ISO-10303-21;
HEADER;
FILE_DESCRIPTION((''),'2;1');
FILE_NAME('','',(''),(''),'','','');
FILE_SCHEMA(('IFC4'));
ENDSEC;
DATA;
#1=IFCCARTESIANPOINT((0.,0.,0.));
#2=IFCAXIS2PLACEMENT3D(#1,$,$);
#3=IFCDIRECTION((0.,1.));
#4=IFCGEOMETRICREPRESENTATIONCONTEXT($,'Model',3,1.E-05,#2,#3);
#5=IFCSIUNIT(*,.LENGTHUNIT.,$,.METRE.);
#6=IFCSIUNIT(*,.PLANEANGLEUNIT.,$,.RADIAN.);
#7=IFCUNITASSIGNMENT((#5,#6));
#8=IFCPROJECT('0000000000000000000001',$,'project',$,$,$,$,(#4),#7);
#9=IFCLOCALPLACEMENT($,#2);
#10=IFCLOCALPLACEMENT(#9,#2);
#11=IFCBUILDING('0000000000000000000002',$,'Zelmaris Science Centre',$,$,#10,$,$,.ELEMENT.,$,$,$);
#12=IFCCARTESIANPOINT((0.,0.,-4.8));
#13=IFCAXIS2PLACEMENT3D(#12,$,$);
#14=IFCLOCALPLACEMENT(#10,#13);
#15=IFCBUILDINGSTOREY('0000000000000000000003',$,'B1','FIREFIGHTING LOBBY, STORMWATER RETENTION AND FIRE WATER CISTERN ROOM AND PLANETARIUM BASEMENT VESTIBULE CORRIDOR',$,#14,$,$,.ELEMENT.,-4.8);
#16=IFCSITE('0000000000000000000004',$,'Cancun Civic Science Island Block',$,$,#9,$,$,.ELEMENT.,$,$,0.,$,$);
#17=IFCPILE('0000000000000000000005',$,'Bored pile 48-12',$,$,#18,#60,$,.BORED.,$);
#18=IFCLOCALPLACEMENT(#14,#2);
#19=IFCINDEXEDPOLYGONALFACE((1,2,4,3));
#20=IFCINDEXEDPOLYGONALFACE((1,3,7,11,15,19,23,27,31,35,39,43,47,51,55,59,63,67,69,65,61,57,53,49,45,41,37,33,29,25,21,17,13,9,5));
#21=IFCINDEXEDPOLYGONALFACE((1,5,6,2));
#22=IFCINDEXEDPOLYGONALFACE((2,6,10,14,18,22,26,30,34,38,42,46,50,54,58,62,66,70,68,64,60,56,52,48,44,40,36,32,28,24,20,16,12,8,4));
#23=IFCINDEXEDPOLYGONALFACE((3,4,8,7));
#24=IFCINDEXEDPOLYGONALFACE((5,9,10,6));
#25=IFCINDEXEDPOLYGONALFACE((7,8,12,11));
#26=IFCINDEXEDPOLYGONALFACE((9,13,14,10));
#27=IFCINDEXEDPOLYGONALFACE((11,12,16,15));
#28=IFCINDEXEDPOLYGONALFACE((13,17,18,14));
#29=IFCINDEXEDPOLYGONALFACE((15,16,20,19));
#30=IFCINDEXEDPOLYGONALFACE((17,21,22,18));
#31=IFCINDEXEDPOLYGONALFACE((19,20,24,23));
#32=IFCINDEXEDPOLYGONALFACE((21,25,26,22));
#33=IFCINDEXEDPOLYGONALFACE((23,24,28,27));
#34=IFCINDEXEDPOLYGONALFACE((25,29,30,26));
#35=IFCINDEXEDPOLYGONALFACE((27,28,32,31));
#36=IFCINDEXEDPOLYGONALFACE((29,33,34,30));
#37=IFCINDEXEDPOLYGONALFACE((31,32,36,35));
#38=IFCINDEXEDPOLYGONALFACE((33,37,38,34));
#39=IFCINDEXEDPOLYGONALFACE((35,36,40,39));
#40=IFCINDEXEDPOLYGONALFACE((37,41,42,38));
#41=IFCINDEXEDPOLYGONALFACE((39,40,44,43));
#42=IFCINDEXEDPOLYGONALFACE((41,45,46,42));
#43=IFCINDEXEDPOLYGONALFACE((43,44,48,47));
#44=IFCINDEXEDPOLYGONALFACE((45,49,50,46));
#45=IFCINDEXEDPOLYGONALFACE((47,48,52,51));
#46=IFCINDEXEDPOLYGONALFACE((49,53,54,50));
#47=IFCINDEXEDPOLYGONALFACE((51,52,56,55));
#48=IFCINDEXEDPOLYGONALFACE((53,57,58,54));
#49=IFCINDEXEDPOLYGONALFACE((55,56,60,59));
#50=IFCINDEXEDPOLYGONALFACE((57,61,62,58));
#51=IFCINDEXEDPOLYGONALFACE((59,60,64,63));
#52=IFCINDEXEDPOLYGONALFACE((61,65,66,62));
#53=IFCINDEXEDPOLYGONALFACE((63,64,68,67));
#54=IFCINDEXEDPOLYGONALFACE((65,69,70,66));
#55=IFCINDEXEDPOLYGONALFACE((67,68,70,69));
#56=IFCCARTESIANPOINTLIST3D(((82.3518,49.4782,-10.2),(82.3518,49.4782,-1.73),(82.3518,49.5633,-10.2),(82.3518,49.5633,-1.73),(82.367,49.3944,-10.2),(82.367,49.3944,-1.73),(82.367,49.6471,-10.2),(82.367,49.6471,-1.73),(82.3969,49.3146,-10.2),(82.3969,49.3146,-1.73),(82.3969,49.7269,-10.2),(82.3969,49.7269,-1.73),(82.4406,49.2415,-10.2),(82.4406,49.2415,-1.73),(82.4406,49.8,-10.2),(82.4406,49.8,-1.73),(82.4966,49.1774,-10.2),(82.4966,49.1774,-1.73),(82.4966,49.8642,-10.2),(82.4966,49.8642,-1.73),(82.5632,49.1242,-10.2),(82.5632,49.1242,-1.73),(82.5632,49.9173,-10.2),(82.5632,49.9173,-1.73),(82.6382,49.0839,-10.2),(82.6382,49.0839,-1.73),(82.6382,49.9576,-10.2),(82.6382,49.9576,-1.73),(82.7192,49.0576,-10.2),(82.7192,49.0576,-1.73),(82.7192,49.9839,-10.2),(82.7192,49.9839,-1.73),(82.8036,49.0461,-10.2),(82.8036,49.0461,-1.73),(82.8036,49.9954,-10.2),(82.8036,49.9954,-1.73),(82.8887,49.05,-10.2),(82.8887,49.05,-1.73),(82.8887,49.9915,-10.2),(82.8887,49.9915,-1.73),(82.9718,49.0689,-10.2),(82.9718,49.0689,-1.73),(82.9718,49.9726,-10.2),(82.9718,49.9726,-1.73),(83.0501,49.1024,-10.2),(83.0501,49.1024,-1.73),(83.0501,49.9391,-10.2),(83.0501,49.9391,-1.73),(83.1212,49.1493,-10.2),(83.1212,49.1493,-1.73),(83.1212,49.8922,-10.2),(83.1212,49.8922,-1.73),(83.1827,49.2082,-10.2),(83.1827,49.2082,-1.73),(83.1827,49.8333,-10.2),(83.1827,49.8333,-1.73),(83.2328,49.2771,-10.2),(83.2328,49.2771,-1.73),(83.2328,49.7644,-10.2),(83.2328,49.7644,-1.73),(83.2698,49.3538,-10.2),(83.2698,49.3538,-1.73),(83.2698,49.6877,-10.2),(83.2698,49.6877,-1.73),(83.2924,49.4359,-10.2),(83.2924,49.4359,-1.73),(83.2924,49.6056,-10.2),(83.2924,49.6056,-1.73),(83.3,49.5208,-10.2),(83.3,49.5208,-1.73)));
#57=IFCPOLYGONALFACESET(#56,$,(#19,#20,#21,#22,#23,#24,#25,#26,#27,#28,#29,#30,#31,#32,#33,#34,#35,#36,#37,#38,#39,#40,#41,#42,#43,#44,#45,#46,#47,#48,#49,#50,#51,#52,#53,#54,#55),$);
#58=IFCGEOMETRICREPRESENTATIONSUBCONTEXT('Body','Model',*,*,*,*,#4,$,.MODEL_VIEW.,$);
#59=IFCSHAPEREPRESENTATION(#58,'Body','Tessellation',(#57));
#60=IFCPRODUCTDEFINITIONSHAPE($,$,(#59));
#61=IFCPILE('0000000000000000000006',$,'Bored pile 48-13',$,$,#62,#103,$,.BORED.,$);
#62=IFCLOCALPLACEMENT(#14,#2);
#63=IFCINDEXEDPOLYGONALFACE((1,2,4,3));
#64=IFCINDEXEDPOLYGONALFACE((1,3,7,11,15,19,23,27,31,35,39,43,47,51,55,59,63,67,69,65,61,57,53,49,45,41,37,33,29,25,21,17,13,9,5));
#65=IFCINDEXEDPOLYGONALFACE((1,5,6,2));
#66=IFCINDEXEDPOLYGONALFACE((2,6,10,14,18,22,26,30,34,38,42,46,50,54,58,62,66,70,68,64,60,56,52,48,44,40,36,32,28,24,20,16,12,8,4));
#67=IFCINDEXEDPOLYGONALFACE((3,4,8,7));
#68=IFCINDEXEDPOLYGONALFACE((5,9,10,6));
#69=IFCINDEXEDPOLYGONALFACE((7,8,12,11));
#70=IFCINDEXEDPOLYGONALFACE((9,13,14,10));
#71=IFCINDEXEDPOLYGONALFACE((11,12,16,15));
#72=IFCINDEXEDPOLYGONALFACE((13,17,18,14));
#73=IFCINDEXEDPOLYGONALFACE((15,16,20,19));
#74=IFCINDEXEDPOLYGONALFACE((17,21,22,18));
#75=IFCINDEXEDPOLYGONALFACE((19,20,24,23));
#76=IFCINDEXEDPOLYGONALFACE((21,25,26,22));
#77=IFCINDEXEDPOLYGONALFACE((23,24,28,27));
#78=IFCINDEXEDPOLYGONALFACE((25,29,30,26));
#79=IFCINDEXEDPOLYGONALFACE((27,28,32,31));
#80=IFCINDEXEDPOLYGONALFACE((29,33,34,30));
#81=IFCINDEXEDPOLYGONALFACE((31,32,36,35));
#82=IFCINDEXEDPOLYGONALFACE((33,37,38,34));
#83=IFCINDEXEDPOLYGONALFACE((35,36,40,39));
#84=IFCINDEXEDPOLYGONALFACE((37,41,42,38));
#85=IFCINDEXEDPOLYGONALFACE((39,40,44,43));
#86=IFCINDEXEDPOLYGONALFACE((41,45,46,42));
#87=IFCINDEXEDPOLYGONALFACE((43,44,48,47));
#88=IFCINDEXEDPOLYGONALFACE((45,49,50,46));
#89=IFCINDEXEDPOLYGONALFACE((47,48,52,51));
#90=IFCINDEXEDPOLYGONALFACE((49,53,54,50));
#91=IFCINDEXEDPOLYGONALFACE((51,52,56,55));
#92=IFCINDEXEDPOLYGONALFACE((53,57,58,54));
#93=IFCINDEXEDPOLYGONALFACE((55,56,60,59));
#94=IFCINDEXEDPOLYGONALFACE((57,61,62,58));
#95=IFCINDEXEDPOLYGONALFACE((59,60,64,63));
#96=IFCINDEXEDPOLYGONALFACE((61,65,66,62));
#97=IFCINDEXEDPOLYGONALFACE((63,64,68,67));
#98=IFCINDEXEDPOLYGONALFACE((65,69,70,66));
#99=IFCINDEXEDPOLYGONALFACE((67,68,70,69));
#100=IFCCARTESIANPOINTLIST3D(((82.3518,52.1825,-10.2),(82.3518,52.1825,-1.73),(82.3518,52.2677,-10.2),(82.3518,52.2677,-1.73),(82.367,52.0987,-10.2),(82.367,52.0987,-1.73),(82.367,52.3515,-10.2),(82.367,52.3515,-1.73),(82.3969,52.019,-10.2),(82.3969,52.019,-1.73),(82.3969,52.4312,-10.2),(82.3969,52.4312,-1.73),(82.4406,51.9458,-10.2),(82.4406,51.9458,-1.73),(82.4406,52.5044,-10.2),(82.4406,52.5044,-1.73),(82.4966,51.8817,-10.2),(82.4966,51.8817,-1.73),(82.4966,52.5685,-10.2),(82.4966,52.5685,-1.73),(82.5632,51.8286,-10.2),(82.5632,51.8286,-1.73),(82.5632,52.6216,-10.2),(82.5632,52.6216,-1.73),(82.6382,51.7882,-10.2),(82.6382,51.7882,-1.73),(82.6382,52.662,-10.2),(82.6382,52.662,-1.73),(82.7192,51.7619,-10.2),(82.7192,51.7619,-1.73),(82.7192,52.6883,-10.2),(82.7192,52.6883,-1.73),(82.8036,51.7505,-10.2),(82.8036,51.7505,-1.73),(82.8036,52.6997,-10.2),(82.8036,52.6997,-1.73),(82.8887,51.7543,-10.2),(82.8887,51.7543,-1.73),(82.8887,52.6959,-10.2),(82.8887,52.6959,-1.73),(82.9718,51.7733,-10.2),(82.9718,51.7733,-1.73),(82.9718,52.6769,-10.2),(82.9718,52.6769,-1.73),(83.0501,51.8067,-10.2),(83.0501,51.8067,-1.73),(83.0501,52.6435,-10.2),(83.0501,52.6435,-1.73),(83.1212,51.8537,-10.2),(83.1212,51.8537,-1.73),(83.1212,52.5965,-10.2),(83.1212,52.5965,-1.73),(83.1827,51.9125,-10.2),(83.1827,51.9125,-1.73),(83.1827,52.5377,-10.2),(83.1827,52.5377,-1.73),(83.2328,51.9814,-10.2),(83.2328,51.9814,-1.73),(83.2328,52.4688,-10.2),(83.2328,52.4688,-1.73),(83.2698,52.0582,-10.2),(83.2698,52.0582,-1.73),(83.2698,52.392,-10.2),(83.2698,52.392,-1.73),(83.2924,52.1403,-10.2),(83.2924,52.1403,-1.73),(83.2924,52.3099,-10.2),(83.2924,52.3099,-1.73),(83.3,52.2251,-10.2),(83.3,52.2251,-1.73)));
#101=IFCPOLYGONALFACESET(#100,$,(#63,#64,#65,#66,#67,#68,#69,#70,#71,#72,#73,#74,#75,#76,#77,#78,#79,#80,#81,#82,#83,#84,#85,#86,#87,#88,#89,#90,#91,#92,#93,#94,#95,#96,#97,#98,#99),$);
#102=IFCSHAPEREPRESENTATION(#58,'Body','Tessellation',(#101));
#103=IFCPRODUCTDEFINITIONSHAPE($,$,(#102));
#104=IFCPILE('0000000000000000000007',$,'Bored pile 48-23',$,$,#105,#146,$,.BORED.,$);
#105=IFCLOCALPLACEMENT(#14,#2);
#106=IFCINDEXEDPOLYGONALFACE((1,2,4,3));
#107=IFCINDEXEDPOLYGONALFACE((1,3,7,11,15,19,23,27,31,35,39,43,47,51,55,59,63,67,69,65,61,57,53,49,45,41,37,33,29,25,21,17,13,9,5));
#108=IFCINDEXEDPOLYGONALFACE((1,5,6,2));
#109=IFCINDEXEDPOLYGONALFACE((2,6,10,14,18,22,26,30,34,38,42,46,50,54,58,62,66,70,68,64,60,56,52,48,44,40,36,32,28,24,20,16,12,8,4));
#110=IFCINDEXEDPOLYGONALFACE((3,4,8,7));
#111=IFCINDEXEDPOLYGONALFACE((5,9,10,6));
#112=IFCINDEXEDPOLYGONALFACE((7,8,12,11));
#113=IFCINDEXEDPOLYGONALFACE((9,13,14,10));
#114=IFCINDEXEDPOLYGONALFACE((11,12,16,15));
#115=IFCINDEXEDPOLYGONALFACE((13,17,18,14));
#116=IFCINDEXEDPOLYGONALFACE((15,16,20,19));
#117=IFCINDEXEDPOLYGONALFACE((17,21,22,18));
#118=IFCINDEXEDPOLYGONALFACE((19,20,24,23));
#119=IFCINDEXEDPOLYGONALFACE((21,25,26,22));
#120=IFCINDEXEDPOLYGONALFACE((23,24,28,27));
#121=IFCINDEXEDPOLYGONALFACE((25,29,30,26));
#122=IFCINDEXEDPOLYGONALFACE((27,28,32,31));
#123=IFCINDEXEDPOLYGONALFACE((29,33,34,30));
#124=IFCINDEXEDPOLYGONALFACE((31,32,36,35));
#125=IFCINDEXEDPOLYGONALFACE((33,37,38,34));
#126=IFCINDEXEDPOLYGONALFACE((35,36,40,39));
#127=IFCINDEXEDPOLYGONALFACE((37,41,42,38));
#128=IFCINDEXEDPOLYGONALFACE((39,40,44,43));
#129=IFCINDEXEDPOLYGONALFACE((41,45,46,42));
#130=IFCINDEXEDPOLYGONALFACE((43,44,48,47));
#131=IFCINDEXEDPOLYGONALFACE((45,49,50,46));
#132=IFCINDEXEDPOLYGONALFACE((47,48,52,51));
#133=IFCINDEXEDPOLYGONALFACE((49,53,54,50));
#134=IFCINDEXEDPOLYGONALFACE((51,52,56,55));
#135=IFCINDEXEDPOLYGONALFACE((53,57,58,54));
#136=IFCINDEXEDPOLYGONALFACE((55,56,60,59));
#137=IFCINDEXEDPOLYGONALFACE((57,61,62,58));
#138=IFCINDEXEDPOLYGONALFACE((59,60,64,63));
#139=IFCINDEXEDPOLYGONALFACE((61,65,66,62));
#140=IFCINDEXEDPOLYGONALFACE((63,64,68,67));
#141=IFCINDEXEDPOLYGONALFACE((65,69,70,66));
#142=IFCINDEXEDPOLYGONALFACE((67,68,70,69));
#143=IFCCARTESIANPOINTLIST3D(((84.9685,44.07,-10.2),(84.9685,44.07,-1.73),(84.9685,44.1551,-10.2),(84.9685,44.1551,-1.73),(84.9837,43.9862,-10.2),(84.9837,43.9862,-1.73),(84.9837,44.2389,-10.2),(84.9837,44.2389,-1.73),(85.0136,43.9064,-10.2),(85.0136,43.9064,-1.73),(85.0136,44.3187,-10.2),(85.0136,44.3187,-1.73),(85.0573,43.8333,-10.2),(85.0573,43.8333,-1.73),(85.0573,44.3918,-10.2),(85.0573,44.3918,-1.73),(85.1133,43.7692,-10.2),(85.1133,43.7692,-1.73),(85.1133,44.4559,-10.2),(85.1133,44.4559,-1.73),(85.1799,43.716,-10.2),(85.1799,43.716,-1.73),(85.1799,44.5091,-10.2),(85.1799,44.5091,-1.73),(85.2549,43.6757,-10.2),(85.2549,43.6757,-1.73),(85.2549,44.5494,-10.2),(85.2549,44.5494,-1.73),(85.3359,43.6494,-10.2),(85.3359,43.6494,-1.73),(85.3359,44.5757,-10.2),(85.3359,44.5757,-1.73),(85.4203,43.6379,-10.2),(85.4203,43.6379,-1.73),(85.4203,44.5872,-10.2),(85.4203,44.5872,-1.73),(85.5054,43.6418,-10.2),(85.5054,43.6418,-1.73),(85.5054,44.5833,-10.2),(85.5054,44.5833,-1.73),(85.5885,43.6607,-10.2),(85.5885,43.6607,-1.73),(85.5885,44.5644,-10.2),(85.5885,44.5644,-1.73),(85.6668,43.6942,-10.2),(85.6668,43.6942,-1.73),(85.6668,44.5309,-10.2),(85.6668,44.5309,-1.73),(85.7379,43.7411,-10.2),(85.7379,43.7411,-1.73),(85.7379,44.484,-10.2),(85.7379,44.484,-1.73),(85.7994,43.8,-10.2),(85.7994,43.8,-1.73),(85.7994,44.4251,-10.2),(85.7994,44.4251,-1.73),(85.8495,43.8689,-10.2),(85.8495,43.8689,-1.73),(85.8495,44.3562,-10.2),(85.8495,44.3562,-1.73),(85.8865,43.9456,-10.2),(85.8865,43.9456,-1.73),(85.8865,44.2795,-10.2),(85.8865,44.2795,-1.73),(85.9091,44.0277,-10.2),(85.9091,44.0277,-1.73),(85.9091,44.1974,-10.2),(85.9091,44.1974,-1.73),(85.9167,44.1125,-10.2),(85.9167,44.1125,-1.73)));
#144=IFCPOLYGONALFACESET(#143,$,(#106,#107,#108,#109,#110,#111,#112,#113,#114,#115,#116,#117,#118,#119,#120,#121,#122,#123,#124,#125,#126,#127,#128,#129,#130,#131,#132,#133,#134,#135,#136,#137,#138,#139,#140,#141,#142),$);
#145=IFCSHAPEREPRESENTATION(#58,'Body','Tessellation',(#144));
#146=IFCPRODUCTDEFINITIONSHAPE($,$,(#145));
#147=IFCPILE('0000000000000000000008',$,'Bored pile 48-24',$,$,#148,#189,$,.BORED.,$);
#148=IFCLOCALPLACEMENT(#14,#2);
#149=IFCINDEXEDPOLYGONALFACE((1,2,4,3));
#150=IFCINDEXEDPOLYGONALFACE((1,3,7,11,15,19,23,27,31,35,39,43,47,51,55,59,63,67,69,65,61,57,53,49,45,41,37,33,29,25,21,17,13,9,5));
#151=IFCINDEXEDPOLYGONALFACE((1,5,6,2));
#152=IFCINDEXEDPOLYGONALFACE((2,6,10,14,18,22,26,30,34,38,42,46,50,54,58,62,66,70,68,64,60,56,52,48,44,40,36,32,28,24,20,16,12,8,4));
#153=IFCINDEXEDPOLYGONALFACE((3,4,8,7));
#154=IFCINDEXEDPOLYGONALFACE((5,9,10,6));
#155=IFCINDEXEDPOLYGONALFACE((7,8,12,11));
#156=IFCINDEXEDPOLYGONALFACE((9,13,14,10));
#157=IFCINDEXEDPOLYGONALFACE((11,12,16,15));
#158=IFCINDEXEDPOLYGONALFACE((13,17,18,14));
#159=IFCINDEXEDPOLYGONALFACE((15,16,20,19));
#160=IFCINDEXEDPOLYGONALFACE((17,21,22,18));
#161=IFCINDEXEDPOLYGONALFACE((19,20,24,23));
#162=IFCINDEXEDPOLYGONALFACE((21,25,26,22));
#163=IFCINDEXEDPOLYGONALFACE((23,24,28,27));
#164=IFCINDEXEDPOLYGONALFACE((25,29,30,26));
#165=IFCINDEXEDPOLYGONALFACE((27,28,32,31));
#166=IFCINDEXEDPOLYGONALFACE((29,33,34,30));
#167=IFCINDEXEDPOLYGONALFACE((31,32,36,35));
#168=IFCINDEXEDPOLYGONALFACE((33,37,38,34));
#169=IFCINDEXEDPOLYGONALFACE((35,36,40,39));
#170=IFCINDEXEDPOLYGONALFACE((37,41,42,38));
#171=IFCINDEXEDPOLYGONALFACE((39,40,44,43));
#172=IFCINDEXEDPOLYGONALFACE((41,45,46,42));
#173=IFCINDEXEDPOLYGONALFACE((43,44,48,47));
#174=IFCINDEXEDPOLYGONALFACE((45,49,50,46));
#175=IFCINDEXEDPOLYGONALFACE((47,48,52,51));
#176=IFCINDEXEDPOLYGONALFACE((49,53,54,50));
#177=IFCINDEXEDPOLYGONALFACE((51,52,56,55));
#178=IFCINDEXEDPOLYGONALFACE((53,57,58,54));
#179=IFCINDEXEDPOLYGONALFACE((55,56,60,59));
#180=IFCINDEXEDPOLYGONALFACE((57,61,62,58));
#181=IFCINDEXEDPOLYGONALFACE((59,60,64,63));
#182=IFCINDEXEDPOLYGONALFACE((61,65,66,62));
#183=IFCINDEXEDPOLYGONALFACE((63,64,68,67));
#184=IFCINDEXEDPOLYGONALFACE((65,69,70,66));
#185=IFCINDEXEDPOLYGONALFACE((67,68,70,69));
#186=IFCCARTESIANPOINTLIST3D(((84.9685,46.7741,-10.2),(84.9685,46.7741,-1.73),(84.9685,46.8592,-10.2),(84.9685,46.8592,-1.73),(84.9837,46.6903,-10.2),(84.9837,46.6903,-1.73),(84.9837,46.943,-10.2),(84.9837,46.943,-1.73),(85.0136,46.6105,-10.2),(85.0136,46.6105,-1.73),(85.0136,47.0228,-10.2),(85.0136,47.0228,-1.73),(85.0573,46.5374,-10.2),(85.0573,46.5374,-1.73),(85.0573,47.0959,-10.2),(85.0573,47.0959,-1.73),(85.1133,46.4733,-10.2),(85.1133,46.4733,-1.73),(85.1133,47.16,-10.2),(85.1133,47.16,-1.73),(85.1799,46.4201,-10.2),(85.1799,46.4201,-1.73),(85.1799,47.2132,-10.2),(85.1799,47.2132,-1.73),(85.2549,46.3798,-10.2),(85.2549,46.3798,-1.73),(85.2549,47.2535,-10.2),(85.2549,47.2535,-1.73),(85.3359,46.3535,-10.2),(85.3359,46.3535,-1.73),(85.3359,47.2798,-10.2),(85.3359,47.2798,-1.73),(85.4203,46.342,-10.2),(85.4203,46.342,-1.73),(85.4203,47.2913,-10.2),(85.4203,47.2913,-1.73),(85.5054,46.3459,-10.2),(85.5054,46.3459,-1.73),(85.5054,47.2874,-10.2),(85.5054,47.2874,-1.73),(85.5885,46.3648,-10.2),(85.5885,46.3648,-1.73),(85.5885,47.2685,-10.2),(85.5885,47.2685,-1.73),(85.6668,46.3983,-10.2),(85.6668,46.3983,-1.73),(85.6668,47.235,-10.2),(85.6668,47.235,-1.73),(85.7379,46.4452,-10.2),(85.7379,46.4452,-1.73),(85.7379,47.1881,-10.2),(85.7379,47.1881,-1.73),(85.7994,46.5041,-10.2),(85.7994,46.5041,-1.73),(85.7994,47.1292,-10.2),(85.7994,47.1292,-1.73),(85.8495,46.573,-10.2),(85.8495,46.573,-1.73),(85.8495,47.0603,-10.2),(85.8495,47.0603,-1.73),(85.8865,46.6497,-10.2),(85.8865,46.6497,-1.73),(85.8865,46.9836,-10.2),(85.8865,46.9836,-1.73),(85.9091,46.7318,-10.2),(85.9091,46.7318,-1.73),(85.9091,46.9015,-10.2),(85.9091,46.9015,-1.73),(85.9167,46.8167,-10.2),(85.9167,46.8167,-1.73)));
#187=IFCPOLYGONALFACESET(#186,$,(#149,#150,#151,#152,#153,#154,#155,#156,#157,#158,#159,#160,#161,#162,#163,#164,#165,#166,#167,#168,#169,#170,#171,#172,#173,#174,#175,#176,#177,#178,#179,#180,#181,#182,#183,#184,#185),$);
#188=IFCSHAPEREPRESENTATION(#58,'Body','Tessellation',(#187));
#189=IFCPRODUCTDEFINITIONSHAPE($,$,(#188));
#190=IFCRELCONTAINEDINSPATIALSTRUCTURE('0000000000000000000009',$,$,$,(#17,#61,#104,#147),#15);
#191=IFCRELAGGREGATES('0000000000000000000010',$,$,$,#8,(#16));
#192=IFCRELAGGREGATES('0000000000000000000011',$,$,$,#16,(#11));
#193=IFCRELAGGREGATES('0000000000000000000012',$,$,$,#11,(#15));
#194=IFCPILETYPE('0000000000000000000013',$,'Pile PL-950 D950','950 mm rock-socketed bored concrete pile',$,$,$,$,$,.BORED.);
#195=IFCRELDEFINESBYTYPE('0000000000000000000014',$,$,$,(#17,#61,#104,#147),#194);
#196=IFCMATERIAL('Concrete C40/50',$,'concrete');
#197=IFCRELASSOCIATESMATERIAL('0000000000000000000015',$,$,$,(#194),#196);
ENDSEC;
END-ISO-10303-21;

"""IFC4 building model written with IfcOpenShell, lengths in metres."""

from ifc_helpers import new_model, si_unit, direction, frame, origin, origin_2d, place, context, subcontext, project, spatial, circle, extrude, material, material_profile, profile_set, type_object, element, save


model = new_model("IFC4")

# Units and contexts
model_context = context("Model", 3, precision=1e-05, world=origin(), true_north=direction((0.0, 1.0)))
body_context = subcontext(model_context, "Body", "Model", "MODEL_VIEW")
ifc_project = project(units=[si_unit("LENGTHUNIT", "METRE"), si_unit("PLANEANGLEUNIT", "RADIAN")], contexts=[model_context])

# Site, building, storey
site_placement = place(None, origin())
site = spatial("IfcSite", under=ifc_project, at=site_placement, Name="Cancun Civic Science Island Block", CompositionType="ELEMENT", RefElevation=0.0)
building_placement = place(site_placement, origin())
building = spatial("IfcBuilding", under=site, at=building_placement, Name="Zelmaris Science Centre", CompositionType="ELEMENT")
storey_placement = place(building_placement, frame((0.0, 0.0, -4.8)))
storey = spatial("IfcBuildingStorey", under=building, at=storey_placement, Name="B1", Description="FIREFIGHTING LOBBY, STORMWATER RETENTION AND FIRE WATER CISTERN ROOM AND PLANETARIUM BASEMENT VESTIBULE CORRIDOR", CompositionType="ELEMENT", Elevation=-4.8)

# Shared definitions
ifc_material_1 = material(Name="Concrete C40/50", Category="concrete")

# Piles
ifc_material_profile_1 = material_profile(ifc_material_1, circle(Radius=0.4751, at=origin_2d()), Name="PILE-950")
ifc_profile_set_1 = profile_set([ifc_material_profile_1], Name="Concrete C40/50")
pile_type_1 = type_object("IfcPileType", Name="Pile PL-950 D950", Description="950 mm rock-socketed bored concrete pile", PredefinedType="BORED", material=ifc_profile_set_1)
for number, where, z_axis, x_axis, name in (
    (1, (82.825, 49.5208, -1.73), (0.0, 0.0, -1.0), (1.0, 0.0, 0.0), "Bored pile 48-12"),
    (2, (82.825, 52.2251, -1.73), (0.0, 0.0, -1.0), (1.0, 0.0, 0.0), "Bored pile 48-13"),
    (3, (85.4417, 44.1125, -1.73), (0.0, 0.0, -1.0), (1.0, 0.0, 0.0), "Bored pile 48-23"),
    (4, (85.4417, 46.8167, -1.73), (0.0, 0.0, -1.0), (1.0, 0.0, 0.0), "Bored pile 48-24"),
):
    element("IfcPile", number, at=place(storey_placement, frame(where, z_axis=z_axis, x_axis=x_axis)), inside=storey, type_object=pile_type_1, Name=name, PredefinedType="BORED", context=body_context, shape_type="SweptSolid", body=[
        extrude(circle(Radius=0.4751, at=origin_2d()), origin(), (0.0, 0.0, 1.0), 8.47),
    ])

save(model, "model.ifc")
